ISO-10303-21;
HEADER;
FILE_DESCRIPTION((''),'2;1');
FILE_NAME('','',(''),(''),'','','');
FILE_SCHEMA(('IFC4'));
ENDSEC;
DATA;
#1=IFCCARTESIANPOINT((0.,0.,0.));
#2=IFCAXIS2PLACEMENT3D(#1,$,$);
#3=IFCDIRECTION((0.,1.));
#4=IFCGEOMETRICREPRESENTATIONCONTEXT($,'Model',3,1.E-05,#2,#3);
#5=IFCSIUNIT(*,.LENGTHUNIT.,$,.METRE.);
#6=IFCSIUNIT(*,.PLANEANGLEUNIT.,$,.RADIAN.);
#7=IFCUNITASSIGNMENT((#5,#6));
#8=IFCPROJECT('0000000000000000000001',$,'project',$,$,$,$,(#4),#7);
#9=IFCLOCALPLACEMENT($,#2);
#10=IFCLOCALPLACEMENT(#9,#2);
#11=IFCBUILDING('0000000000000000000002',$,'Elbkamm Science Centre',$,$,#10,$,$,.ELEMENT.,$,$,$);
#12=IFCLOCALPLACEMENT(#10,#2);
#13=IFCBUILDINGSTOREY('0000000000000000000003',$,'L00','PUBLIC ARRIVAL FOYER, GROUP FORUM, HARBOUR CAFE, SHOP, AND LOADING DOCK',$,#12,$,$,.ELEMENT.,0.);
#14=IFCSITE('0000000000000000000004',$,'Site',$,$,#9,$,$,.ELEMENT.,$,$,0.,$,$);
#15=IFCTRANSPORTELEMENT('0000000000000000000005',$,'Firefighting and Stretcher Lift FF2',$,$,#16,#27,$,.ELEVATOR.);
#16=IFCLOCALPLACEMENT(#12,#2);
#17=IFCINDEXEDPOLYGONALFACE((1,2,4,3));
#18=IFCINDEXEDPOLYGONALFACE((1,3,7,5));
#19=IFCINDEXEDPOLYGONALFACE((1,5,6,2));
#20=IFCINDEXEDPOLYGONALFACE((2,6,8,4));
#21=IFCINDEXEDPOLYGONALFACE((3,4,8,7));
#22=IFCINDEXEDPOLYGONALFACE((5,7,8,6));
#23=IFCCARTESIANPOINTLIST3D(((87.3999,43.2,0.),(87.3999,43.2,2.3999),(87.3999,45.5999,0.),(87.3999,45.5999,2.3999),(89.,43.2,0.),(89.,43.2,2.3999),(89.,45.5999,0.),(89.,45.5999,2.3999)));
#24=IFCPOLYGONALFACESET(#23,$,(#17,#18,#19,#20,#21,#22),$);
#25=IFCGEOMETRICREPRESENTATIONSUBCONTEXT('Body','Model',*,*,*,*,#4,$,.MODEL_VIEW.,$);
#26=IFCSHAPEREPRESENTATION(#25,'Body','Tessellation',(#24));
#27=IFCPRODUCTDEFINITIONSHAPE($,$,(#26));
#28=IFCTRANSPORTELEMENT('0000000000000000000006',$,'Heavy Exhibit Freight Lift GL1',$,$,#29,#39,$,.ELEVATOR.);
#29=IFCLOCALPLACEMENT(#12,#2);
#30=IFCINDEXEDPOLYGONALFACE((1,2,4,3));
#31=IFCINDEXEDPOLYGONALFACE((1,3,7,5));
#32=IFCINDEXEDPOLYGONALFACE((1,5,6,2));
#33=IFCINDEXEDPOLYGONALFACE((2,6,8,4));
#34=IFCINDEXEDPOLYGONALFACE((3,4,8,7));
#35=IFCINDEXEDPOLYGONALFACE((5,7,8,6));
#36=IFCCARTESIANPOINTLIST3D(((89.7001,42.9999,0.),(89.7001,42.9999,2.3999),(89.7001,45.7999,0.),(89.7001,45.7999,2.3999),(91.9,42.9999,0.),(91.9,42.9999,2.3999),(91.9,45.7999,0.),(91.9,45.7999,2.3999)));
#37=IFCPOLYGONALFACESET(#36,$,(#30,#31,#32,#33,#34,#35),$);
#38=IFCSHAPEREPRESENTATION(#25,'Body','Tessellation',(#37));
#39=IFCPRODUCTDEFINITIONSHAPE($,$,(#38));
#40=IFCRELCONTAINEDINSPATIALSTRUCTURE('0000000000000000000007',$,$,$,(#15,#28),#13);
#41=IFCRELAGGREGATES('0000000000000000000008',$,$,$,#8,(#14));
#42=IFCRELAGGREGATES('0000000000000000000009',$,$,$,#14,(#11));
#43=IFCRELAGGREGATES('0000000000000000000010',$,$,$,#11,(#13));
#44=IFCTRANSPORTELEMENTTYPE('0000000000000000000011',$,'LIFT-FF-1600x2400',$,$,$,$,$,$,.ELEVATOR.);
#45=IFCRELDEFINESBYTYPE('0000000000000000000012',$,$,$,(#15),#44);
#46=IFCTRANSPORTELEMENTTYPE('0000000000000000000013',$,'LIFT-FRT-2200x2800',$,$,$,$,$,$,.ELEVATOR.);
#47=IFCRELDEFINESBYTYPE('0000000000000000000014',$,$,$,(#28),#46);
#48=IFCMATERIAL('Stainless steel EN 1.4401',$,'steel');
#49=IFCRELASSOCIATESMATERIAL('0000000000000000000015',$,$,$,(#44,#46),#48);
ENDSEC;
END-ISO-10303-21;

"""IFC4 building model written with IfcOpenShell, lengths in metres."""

from ifc_helpers import new_model, si_unit, direction, frame, origin, origin_2d, place, context, subcontext, project, spatial, rectangle, extrude, material, type_object, element, save


model = new_model("IFC4")

# Units and contexts
model_context = context("Model", 3, precision=1e-05, world=origin(), true_north=direction((0.0, 1.0)))
body_context = subcontext(model_context, "Body", "Model", "MODEL_VIEW")
ifc_project = project(units=[si_unit("LENGTHUNIT", "METRE"), si_unit("PLANEANGLEUNIT", "RADIAN")], contexts=[model_context])

# Site, building, storey
site_placement = place(None, origin())
site = spatial("IfcSite", under=ifc_project, at=site_placement, Name="Site", CompositionType="ELEMENT", RefElevation=0.0)
building_placement = place(site_placement, origin())
building = spatial("IfcBuilding", under=site, at=building_placement, Name="Elbkamm Science Centre", CompositionType="ELEMENT")
storey_placement = place(building_placement, origin())
storey = spatial("IfcBuildingStorey", under=building, at=storey_placement, Name="L00", Description="PUBLIC ARRIVAL FOYER, GROUP FORUM, HARBOUR CAFE, SHOP, AND LOADING DOCK", CompositionType="ELEMENT", Elevation=0.0)

# Shared definitions
ifc_material_1 = material(Name="Stainless steel EN 1.4401", Category="steel")

# Transport elements
transport_element_type_1 = type_object("IfcTransportElementType", Name="LIFT-FF-1600x2400", PredefinedType="ELEVATOR", material=ifc_material_1)
transport_element_1_placement = place(storey_placement, frame((88.2, 44.3999, 0.0), z_axis=(0.0, 0.0, 1.0), x_axis=(1.0, 0.0, 0.0)))
element("IfcTransportElement", 1, at=transport_element_1_placement, inside=storey, type_object=transport_element_type_1, Name="Firefighting and Stretcher Lift FF2", PredefinedType="ELEVATOR", context=body_context, shape_type="SweptSolid", body=[
    extrude(rectangle(XDim=1.6001, YDim=2.3999, at=origin_2d()), origin(), (0.0, 0.0, 1.0), 2.3999),
])
transport_element_type_2 = type_object("IfcTransportElementType", Name="LIFT-FRT-2200x2800", PredefinedType="ELEVATOR", material=ifc_material_1)
transport_element_2_placement = place(storey_placement, frame((90.8, 44.3999, 0.0), z_axis=(0.0, 0.0, 1.0), x_axis=(1.0, 0.0, 0.0)))
element("IfcTransportElement", 2, at=transport_element_2_placement, inside=storey, type_object=transport_element_type_2, Name="Heavy Exhibit Freight Lift GL1", PredefinedType="ELEVATOR", context=body_context, shape_type="SweptSolid", body=[
    extrude(rectangle(XDim=2.2, YDim=2.8, at=origin_2d()), origin(), (0.0, 0.0, 1.0), 2.3999),
])

save(model, "model.ifc")
